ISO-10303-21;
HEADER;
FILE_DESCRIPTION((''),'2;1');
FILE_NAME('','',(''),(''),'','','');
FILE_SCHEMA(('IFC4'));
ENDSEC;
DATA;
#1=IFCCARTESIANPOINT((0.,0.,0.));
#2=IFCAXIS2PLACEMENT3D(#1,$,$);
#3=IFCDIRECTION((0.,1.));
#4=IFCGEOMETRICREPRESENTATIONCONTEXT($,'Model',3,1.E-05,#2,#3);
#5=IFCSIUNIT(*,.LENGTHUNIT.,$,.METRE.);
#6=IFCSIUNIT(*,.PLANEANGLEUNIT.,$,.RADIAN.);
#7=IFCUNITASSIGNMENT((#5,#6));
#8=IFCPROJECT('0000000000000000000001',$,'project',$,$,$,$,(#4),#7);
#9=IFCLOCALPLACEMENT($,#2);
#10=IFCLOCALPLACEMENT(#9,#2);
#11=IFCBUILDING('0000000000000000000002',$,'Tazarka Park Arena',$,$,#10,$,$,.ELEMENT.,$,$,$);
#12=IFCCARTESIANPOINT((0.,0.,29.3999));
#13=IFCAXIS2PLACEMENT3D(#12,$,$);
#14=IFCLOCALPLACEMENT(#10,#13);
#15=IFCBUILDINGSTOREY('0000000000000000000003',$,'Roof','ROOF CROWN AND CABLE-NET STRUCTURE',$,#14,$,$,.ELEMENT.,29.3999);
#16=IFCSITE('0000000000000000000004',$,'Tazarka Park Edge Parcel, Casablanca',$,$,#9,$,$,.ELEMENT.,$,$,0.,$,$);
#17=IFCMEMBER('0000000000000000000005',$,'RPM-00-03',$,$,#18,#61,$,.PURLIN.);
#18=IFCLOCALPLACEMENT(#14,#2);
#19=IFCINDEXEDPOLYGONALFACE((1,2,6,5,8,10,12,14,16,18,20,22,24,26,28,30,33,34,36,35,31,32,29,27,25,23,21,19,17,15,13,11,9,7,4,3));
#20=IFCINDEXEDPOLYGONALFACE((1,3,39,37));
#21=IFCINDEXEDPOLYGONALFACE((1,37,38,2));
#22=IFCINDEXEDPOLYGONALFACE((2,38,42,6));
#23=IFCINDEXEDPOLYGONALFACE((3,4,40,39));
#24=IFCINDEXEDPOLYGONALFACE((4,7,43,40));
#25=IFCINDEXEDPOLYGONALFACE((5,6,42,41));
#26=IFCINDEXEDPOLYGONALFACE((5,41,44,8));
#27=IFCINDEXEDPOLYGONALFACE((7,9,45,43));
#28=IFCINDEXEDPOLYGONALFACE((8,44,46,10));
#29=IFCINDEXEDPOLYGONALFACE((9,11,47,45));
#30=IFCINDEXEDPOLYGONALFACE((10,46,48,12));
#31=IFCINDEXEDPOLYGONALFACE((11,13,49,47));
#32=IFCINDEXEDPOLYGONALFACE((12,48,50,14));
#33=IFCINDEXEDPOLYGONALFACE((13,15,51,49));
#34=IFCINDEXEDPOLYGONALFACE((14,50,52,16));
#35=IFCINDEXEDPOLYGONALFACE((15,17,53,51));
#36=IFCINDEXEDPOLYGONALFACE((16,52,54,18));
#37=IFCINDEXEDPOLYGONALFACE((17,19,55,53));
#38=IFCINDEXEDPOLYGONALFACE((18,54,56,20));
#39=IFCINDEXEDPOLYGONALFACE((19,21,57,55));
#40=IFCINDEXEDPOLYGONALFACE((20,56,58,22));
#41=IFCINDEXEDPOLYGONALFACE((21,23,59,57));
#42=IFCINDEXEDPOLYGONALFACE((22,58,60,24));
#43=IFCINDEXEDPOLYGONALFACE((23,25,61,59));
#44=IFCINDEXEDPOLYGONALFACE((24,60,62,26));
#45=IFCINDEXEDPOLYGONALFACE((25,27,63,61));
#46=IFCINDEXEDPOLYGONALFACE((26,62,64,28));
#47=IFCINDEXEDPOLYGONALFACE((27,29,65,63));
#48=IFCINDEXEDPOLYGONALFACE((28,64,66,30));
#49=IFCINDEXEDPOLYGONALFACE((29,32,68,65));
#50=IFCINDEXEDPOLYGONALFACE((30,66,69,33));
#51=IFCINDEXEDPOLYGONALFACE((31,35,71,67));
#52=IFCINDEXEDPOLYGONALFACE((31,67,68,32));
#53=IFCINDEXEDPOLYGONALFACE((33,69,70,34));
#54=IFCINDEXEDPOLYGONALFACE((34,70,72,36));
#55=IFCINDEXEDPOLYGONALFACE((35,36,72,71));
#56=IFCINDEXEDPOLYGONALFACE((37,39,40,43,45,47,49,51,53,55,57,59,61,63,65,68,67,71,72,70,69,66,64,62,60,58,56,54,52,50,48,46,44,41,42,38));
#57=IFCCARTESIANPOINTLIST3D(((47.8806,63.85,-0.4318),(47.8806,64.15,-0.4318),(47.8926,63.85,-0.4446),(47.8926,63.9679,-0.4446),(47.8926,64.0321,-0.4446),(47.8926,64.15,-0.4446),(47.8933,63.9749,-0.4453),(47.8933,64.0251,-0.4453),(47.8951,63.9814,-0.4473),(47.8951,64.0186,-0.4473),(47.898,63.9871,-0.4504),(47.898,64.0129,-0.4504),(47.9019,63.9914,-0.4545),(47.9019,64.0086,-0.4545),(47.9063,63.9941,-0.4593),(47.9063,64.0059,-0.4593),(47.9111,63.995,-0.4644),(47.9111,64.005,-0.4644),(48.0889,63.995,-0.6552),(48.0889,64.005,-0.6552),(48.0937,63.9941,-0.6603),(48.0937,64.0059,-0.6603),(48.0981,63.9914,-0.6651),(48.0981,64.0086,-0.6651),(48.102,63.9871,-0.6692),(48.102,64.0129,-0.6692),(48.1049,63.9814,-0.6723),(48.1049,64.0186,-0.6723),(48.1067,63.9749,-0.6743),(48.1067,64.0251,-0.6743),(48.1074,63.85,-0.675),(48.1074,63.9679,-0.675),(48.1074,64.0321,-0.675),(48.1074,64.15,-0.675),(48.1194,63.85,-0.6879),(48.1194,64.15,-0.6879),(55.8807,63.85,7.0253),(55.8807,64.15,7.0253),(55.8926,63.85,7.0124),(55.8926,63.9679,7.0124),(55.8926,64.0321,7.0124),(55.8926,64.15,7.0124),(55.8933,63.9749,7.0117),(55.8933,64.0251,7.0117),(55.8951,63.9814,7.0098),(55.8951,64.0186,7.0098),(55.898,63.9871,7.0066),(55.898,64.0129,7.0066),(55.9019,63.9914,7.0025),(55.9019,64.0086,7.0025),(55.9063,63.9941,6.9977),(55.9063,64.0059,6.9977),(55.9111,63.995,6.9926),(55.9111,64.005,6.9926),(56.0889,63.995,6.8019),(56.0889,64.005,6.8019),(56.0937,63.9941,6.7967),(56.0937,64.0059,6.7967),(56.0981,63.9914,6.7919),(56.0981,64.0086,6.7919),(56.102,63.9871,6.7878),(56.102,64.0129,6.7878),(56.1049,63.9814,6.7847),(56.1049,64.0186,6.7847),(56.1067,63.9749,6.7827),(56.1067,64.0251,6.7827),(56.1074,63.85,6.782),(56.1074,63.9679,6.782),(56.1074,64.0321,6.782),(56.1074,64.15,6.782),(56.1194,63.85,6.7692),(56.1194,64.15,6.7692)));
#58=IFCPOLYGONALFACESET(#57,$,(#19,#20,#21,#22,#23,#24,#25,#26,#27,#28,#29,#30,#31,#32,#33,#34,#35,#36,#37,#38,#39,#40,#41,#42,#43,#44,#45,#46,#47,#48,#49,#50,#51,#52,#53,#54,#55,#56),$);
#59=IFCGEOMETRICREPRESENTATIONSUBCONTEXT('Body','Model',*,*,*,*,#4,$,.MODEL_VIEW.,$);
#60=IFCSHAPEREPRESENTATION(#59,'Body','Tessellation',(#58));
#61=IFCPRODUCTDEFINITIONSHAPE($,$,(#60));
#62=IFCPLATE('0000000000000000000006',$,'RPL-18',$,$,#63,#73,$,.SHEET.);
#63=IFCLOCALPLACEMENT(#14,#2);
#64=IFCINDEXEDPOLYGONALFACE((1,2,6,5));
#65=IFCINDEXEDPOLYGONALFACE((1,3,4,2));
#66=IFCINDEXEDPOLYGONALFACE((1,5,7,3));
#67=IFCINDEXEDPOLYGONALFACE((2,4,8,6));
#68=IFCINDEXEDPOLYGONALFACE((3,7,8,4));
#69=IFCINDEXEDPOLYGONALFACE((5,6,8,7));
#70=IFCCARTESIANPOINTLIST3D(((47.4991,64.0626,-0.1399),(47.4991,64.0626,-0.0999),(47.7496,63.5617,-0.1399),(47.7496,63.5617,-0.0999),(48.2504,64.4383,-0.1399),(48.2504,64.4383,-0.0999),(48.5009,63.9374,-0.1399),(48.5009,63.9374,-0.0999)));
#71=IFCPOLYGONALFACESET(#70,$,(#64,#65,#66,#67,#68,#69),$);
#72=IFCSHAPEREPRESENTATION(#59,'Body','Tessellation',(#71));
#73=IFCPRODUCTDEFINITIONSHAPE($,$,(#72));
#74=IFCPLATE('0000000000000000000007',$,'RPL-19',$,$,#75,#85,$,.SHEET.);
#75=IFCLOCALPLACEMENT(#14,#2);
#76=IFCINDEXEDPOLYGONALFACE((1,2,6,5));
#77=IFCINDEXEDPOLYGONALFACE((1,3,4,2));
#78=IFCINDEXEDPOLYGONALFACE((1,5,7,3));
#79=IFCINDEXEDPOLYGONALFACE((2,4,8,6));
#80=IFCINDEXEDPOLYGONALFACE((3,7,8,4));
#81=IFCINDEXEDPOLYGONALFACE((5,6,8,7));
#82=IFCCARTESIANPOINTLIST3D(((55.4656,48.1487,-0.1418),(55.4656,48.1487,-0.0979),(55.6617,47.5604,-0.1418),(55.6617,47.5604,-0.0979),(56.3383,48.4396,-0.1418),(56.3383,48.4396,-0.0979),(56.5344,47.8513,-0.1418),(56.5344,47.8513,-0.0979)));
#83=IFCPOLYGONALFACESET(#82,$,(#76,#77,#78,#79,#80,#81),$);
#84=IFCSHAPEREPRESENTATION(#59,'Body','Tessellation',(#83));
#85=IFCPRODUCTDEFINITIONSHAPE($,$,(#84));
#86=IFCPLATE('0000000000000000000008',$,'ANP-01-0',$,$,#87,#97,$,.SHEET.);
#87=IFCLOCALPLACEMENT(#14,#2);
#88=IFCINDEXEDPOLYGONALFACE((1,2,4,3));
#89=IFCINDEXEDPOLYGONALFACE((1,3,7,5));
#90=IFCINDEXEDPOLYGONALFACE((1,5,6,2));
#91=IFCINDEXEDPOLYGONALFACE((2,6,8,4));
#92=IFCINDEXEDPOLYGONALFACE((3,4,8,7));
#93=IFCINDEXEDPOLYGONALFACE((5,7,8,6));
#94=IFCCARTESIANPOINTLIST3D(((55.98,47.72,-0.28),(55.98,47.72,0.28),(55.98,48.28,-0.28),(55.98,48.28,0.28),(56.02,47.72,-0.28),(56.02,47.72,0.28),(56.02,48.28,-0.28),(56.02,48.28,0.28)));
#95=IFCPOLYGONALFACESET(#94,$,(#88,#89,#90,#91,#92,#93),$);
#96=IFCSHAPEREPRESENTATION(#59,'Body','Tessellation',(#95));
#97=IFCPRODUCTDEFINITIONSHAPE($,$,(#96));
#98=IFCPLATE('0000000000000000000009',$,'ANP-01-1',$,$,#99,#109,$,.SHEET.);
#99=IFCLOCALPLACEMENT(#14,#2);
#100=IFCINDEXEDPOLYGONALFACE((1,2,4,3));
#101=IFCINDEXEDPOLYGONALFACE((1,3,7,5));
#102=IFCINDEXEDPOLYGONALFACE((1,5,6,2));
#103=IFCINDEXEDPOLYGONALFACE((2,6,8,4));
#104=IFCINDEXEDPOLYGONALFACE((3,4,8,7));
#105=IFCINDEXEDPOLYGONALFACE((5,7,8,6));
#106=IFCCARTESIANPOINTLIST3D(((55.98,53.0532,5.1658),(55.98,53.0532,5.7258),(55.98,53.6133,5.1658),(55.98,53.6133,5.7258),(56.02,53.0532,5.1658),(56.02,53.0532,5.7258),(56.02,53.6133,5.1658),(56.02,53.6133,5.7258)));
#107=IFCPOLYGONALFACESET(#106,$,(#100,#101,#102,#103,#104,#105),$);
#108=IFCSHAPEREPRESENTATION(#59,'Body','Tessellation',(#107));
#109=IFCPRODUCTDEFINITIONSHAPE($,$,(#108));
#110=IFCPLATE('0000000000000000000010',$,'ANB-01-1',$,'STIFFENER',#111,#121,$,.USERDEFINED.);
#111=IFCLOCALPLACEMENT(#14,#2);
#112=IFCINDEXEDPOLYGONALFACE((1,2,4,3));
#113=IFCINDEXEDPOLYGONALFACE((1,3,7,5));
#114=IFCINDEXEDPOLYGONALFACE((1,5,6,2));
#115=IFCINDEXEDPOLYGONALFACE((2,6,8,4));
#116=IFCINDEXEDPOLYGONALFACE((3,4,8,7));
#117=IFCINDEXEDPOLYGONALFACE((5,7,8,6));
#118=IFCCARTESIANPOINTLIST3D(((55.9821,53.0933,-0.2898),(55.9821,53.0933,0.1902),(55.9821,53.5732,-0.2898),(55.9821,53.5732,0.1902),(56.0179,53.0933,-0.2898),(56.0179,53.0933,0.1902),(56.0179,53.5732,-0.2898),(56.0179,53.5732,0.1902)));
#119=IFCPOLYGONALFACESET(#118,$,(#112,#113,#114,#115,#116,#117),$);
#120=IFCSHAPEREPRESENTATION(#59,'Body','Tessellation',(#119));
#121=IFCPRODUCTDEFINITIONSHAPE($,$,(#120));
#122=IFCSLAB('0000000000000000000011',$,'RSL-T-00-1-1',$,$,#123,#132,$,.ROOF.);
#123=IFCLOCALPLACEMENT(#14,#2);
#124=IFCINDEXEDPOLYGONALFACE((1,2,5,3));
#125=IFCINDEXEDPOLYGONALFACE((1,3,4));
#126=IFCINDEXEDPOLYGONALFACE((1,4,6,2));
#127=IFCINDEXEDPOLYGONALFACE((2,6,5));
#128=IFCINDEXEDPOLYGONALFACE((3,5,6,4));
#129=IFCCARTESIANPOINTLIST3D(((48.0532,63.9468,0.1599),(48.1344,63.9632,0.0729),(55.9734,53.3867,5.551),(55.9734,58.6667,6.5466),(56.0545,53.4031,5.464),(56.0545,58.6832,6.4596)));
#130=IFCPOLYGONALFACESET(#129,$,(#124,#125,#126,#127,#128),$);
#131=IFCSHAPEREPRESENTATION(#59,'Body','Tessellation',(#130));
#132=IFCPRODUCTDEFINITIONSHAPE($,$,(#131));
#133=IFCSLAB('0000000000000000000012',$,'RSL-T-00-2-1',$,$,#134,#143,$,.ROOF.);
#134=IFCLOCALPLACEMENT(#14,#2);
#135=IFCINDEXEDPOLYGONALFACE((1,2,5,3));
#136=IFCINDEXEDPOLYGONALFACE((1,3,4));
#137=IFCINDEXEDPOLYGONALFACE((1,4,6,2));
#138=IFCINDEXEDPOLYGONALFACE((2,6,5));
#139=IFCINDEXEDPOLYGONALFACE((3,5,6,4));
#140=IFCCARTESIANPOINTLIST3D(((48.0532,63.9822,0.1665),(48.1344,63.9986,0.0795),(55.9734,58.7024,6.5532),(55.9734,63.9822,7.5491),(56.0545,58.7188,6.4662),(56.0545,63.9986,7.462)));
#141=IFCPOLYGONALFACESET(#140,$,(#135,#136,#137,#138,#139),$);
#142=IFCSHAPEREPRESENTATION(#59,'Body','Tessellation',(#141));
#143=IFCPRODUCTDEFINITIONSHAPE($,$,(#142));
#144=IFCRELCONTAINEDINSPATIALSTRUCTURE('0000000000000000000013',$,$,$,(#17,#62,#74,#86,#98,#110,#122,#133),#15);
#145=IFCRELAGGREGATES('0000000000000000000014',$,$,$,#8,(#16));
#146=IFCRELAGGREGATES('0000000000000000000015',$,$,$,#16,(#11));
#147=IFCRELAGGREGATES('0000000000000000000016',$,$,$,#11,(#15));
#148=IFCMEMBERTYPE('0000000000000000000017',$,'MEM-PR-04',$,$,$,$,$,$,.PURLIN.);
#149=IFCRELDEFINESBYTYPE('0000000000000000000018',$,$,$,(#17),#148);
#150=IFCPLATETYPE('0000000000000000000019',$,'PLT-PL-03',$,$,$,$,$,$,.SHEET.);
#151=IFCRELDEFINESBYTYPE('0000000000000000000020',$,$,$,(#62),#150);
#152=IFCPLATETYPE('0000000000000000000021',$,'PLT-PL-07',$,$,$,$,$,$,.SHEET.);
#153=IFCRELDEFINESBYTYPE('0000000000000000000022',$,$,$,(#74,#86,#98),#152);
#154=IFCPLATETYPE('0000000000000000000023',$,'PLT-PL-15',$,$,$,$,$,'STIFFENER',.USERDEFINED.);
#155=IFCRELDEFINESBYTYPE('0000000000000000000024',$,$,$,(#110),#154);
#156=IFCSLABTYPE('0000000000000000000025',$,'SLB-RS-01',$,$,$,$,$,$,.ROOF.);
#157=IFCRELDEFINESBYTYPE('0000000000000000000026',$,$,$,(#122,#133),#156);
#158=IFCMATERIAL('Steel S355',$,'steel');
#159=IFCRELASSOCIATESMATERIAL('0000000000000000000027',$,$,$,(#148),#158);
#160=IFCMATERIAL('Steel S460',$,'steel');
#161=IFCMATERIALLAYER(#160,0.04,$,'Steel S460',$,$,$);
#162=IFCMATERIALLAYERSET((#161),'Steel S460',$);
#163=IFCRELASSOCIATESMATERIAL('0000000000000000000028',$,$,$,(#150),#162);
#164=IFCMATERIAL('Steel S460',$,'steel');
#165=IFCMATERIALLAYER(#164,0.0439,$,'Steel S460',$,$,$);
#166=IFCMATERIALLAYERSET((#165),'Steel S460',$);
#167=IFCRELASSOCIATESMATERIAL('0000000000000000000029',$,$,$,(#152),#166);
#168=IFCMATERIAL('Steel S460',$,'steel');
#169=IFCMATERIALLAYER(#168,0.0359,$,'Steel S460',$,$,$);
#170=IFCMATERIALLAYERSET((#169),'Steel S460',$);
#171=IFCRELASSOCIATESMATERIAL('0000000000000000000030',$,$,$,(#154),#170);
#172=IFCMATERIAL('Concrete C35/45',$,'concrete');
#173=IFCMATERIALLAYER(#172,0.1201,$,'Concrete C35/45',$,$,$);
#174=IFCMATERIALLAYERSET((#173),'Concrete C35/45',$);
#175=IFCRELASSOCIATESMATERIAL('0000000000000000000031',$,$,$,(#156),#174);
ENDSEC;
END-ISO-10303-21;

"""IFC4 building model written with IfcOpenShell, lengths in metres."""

from ifc_helpers import new_model, si_unit, direction, frame, origin, origin_2d, place, context, subcontext, project, spatial, polyline, rectangle, i_section, outline, extrude, material, layer, layer_set, material_profile, profile_set, type_object, element, save


model = new_model("IFC4")

# Units and contexts
model_context = context("Model", 3, precision=1e-05, world=origin(), true_north=direction((0.0, 1.0)))
body_context = subcontext(model_context, "Body", "Model", "MODEL_VIEW")
ifc_project = project(units=[si_unit("LENGTHUNIT", "METRE"), si_unit("PLANEANGLEUNIT", "RADIAN")], contexts=[model_context])

# Site, building, storey
site_placement = place(None, origin())
site = spatial("IfcSite", under=ifc_project, at=site_placement, Name="Tazarka Park Edge Parcel, Casablanca", CompositionType="ELEMENT", RefElevation=0.0)
building_placement = place(site_placement, origin())
building = spatial("IfcBuilding", under=site, at=building_placement, Name="Tazarka Park Arena", CompositionType="ELEMENT")
storey_placement = place(building_placement, frame((0.0, 0.0, 29.3999)))
storey = spatial("IfcBuildingStorey", under=building, at=storey_placement, Name="Roof", Description="ROOF CROWN AND CABLE-NET STRUCTURE", CompositionType="ELEMENT", Elevation=29.3999)

# Member
ifc_material_1 = material(Name="Steel S355", Category="steel")
ifc_material_profile_1 = material_profile(ifc_material_1, i_section(OverallWidth=0.3, OverallDepth=0.3501, WebThickness=0.01, FlangeThickness=0.0176, FilletRadius=0.0271, at=origin_2d()), Name="Steel S355")
ifc_profile_set_1 = profile_set([ifc_material_profile_1], Name="Steel S355")
member_type_1 = type_object("IfcMemberType", Name="MEM-PR-04", PredefinedType="PURLIN", material=ifc_profile_set_1)
member_1_placement = place(storey_placement, frame((48.0, 64.0, -0.5598), z_axis=(0.731495, 0.0, 0.681847), x_axis=(0.0, 1.0, 0.0)))
element("IfcMember", 1, at=member_1_placement, inside=storey, type_object=member_type_1, Name="RPM-00-03", PredefinedType="PURLIN", context=body_context, shape_type="SweptSolid", body=[
    extrude(i_section(OverallWidth=0.3, OverallDepth=0.3501, WebThickness=0.01, FlangeThickness=0.0176, FilletRadius=0.0271, at=origin_2d()), origin(), (0.0, 0.0, 1.0), 10.9365),
])

# Plates
ifc_material_2 = material(Name="Steel S460", Category="steel")
ifc_layer_1 = layer(ifc_material_2, 0.04, Name="Steel S460")
ifc_layer_set_1 = layer_set([ifc_layer_1], Name="Steel S460")
plate_type_1 = type_object("IfcPlateType", Name="PLT-PL-03", PredefinedType="SHEET", material=ifc_layer_set_1)
plate_1_placement = place(storey_placement, frame((48.0, 64.0, -0.1399), z_axis=(0.0, 0.0, 1.0), x_axis=(0.894389, 0.447291, 0.0)))
element("IfcPlate", 2, at=plate_1_placement, inside=storey, type_object=plate_type_1, Name="RPL-18", PredefinedType="SHEET", context=body_context, shape_type="SweptSolid", body=[
    extrude(rectangle(XDim=0.8401, YDim=0.5601, at=origin_2d()), origin(), (0.0, 0.0, 1.0), 0.04),
])
ifc_material_3 = material(Name="Steel S460", Category="steel")
ifc_layer_2 = layer(ifc_material_3, 0.0439, Name="Steel S460")
ifc_layer_set_2 = layer_set([ifc_layer_2], Name="Steel S460")
plate_type_2 = type_object("IfcPlateType", Name="PLT-PL-07", PredefinedType="SHEET", material=ifc_layer_set_2)
plate_2_placement = place(storey_placement, frame((56.0, 48.0, -0.1418), z_axis=(0.0, 0.0, 1.0), x_axis=(0.948711, 0.316146, 0.0)))
element("IfcPlate", 3, at=plate_2_placement, inside=storey, type_object=plate_type_2, Name="RPL-19", PredefinedType="SHEET", context=body_context, shape_type="SweptSolid", body=[
    extrude(rectangle(XDim=0.9199, YDim=0.6201, at=origin_2d()), origin(), (0.0, 0.0, 1.0), 0.0439),
])
for number, where, z_axis, x_axis, name in (
    (4, (56.0, 48.0, -0.28), (0.0, 0.0, 1.0), (1.0, 0.0, 0.0), "ANP-01-0"),
    (5, (56.0, 53.3333, 5.1658), (0.0, 0.0, 1.0), (1.0, 0.0, 0.0), "ANP-01-1"),
):
    element("IfcPlate", number, at=place(storey_placement, frame(where, z_axis=z_axis, x_axis=x_axis)), inside=storey, type_object=plate_type_2, Name=name, PredefinedType="SHEET", context=body_context, shape_type="SweptSolid", body=[
        extrude(rectangle(XDim=0.04, YDim=0.5601, at=origin_2d()), origin(), (0.0, 0.0, 1.0), 0.5601),
    ])
ifc_material_4 = material(Name="Steel S460", Category="steel")
ifc_layer_3 = layer(ifc_material_4, 0.0359, Name="Steel S460")
ifc_layer_set_3 = layer_set([ifc_layer_3], Name="Steel S460")
plate_type_3 = type_object("IfcPlateType", Name="PLT-PL-15", ElementType="STIFFENER", PredefinedType="USERDEFINED", material=ifc_layer_set_3)
plate_3_placement = place(storey_placement, frame((56.0, 53.3333, -0.2898), z_axis=(0.0, 0.0, 1.0), x_axis=(1.0, 0.0, 0.0)))
element("IfcPlate", 6, at=plate_3_placement, inside=storey, type_object=plate_type_3, Name="ANB-01-1", ObjectType="STIFFENER", PredefinedType="USERDEFINED", context=body_context, shape_type="SweptSolid", body=[
    extrude(rectangle(XDim=0.0359, YDim=0.48, at=origin_2d()), origin(), (0.0, 0.0, 1.0), 0.48),
])

# Slabs
ifc_material_5 = material(Name="Concrete C35/45", Category="concrete")
ifc_layer_4 = layer(ifc_material_5, 0.1201, Name="Concrete C35/45")
ifc_layer_set_4 = layer_set([ifc_layer_4], Name="Concrete C35/45")
slab_type_1 = type_object("IfcSlabType", Name="SLB-RS-01", PredefinedType="ROOF", material=ifc_layer_set_4)
slab_1_placement = place(storey_placement, frame((48.0532, 63.9468, 0.1599), z_axis=(-0.675438, -0.13664, 0.724647), x_axis=(0.555465, -0.740609, 0.378095)))
element("IfcSlab", 7, at=slab_1_placement, inside=storey, type_object=slab_type_1, Name="RSL-T-00-1-1", PredefinedType="ROOF", context=body_context, shape_type="SweptSolid", body=[
    extrude(outline(polyline([(0.0, 0.0), (14.2586, 0.0), (10.7246, 4.0473), (0.0, 0.0)])), origin(), (0.0, 0.0, -1.0), 0.1201),
])
slab_2_placement = place(storey_placement, frame((48.0532, 63.9822, 0.1665), z_axis=(-0.675446, -0.136677, 0.724632), x_axis=(0.690946, -0.460602, 0.55717)))
element("IfcSlab", 8, at=slab_2_placement, inside=storey, type_object=slab_type_1, Name="RSL-T-00-2-1", PredefinedType="ROOF", context=body_context, shape_type="SweptSolid", body=[
    extrude(outline(polyline([(0.0, 0.0), (11.4628, 0.0), (9.5858, 5.0343), (0.0, 0.0)])), origin(), (0.0, 0.0, -1.0), 0.1201),
])

save(model, "model.ifc")
